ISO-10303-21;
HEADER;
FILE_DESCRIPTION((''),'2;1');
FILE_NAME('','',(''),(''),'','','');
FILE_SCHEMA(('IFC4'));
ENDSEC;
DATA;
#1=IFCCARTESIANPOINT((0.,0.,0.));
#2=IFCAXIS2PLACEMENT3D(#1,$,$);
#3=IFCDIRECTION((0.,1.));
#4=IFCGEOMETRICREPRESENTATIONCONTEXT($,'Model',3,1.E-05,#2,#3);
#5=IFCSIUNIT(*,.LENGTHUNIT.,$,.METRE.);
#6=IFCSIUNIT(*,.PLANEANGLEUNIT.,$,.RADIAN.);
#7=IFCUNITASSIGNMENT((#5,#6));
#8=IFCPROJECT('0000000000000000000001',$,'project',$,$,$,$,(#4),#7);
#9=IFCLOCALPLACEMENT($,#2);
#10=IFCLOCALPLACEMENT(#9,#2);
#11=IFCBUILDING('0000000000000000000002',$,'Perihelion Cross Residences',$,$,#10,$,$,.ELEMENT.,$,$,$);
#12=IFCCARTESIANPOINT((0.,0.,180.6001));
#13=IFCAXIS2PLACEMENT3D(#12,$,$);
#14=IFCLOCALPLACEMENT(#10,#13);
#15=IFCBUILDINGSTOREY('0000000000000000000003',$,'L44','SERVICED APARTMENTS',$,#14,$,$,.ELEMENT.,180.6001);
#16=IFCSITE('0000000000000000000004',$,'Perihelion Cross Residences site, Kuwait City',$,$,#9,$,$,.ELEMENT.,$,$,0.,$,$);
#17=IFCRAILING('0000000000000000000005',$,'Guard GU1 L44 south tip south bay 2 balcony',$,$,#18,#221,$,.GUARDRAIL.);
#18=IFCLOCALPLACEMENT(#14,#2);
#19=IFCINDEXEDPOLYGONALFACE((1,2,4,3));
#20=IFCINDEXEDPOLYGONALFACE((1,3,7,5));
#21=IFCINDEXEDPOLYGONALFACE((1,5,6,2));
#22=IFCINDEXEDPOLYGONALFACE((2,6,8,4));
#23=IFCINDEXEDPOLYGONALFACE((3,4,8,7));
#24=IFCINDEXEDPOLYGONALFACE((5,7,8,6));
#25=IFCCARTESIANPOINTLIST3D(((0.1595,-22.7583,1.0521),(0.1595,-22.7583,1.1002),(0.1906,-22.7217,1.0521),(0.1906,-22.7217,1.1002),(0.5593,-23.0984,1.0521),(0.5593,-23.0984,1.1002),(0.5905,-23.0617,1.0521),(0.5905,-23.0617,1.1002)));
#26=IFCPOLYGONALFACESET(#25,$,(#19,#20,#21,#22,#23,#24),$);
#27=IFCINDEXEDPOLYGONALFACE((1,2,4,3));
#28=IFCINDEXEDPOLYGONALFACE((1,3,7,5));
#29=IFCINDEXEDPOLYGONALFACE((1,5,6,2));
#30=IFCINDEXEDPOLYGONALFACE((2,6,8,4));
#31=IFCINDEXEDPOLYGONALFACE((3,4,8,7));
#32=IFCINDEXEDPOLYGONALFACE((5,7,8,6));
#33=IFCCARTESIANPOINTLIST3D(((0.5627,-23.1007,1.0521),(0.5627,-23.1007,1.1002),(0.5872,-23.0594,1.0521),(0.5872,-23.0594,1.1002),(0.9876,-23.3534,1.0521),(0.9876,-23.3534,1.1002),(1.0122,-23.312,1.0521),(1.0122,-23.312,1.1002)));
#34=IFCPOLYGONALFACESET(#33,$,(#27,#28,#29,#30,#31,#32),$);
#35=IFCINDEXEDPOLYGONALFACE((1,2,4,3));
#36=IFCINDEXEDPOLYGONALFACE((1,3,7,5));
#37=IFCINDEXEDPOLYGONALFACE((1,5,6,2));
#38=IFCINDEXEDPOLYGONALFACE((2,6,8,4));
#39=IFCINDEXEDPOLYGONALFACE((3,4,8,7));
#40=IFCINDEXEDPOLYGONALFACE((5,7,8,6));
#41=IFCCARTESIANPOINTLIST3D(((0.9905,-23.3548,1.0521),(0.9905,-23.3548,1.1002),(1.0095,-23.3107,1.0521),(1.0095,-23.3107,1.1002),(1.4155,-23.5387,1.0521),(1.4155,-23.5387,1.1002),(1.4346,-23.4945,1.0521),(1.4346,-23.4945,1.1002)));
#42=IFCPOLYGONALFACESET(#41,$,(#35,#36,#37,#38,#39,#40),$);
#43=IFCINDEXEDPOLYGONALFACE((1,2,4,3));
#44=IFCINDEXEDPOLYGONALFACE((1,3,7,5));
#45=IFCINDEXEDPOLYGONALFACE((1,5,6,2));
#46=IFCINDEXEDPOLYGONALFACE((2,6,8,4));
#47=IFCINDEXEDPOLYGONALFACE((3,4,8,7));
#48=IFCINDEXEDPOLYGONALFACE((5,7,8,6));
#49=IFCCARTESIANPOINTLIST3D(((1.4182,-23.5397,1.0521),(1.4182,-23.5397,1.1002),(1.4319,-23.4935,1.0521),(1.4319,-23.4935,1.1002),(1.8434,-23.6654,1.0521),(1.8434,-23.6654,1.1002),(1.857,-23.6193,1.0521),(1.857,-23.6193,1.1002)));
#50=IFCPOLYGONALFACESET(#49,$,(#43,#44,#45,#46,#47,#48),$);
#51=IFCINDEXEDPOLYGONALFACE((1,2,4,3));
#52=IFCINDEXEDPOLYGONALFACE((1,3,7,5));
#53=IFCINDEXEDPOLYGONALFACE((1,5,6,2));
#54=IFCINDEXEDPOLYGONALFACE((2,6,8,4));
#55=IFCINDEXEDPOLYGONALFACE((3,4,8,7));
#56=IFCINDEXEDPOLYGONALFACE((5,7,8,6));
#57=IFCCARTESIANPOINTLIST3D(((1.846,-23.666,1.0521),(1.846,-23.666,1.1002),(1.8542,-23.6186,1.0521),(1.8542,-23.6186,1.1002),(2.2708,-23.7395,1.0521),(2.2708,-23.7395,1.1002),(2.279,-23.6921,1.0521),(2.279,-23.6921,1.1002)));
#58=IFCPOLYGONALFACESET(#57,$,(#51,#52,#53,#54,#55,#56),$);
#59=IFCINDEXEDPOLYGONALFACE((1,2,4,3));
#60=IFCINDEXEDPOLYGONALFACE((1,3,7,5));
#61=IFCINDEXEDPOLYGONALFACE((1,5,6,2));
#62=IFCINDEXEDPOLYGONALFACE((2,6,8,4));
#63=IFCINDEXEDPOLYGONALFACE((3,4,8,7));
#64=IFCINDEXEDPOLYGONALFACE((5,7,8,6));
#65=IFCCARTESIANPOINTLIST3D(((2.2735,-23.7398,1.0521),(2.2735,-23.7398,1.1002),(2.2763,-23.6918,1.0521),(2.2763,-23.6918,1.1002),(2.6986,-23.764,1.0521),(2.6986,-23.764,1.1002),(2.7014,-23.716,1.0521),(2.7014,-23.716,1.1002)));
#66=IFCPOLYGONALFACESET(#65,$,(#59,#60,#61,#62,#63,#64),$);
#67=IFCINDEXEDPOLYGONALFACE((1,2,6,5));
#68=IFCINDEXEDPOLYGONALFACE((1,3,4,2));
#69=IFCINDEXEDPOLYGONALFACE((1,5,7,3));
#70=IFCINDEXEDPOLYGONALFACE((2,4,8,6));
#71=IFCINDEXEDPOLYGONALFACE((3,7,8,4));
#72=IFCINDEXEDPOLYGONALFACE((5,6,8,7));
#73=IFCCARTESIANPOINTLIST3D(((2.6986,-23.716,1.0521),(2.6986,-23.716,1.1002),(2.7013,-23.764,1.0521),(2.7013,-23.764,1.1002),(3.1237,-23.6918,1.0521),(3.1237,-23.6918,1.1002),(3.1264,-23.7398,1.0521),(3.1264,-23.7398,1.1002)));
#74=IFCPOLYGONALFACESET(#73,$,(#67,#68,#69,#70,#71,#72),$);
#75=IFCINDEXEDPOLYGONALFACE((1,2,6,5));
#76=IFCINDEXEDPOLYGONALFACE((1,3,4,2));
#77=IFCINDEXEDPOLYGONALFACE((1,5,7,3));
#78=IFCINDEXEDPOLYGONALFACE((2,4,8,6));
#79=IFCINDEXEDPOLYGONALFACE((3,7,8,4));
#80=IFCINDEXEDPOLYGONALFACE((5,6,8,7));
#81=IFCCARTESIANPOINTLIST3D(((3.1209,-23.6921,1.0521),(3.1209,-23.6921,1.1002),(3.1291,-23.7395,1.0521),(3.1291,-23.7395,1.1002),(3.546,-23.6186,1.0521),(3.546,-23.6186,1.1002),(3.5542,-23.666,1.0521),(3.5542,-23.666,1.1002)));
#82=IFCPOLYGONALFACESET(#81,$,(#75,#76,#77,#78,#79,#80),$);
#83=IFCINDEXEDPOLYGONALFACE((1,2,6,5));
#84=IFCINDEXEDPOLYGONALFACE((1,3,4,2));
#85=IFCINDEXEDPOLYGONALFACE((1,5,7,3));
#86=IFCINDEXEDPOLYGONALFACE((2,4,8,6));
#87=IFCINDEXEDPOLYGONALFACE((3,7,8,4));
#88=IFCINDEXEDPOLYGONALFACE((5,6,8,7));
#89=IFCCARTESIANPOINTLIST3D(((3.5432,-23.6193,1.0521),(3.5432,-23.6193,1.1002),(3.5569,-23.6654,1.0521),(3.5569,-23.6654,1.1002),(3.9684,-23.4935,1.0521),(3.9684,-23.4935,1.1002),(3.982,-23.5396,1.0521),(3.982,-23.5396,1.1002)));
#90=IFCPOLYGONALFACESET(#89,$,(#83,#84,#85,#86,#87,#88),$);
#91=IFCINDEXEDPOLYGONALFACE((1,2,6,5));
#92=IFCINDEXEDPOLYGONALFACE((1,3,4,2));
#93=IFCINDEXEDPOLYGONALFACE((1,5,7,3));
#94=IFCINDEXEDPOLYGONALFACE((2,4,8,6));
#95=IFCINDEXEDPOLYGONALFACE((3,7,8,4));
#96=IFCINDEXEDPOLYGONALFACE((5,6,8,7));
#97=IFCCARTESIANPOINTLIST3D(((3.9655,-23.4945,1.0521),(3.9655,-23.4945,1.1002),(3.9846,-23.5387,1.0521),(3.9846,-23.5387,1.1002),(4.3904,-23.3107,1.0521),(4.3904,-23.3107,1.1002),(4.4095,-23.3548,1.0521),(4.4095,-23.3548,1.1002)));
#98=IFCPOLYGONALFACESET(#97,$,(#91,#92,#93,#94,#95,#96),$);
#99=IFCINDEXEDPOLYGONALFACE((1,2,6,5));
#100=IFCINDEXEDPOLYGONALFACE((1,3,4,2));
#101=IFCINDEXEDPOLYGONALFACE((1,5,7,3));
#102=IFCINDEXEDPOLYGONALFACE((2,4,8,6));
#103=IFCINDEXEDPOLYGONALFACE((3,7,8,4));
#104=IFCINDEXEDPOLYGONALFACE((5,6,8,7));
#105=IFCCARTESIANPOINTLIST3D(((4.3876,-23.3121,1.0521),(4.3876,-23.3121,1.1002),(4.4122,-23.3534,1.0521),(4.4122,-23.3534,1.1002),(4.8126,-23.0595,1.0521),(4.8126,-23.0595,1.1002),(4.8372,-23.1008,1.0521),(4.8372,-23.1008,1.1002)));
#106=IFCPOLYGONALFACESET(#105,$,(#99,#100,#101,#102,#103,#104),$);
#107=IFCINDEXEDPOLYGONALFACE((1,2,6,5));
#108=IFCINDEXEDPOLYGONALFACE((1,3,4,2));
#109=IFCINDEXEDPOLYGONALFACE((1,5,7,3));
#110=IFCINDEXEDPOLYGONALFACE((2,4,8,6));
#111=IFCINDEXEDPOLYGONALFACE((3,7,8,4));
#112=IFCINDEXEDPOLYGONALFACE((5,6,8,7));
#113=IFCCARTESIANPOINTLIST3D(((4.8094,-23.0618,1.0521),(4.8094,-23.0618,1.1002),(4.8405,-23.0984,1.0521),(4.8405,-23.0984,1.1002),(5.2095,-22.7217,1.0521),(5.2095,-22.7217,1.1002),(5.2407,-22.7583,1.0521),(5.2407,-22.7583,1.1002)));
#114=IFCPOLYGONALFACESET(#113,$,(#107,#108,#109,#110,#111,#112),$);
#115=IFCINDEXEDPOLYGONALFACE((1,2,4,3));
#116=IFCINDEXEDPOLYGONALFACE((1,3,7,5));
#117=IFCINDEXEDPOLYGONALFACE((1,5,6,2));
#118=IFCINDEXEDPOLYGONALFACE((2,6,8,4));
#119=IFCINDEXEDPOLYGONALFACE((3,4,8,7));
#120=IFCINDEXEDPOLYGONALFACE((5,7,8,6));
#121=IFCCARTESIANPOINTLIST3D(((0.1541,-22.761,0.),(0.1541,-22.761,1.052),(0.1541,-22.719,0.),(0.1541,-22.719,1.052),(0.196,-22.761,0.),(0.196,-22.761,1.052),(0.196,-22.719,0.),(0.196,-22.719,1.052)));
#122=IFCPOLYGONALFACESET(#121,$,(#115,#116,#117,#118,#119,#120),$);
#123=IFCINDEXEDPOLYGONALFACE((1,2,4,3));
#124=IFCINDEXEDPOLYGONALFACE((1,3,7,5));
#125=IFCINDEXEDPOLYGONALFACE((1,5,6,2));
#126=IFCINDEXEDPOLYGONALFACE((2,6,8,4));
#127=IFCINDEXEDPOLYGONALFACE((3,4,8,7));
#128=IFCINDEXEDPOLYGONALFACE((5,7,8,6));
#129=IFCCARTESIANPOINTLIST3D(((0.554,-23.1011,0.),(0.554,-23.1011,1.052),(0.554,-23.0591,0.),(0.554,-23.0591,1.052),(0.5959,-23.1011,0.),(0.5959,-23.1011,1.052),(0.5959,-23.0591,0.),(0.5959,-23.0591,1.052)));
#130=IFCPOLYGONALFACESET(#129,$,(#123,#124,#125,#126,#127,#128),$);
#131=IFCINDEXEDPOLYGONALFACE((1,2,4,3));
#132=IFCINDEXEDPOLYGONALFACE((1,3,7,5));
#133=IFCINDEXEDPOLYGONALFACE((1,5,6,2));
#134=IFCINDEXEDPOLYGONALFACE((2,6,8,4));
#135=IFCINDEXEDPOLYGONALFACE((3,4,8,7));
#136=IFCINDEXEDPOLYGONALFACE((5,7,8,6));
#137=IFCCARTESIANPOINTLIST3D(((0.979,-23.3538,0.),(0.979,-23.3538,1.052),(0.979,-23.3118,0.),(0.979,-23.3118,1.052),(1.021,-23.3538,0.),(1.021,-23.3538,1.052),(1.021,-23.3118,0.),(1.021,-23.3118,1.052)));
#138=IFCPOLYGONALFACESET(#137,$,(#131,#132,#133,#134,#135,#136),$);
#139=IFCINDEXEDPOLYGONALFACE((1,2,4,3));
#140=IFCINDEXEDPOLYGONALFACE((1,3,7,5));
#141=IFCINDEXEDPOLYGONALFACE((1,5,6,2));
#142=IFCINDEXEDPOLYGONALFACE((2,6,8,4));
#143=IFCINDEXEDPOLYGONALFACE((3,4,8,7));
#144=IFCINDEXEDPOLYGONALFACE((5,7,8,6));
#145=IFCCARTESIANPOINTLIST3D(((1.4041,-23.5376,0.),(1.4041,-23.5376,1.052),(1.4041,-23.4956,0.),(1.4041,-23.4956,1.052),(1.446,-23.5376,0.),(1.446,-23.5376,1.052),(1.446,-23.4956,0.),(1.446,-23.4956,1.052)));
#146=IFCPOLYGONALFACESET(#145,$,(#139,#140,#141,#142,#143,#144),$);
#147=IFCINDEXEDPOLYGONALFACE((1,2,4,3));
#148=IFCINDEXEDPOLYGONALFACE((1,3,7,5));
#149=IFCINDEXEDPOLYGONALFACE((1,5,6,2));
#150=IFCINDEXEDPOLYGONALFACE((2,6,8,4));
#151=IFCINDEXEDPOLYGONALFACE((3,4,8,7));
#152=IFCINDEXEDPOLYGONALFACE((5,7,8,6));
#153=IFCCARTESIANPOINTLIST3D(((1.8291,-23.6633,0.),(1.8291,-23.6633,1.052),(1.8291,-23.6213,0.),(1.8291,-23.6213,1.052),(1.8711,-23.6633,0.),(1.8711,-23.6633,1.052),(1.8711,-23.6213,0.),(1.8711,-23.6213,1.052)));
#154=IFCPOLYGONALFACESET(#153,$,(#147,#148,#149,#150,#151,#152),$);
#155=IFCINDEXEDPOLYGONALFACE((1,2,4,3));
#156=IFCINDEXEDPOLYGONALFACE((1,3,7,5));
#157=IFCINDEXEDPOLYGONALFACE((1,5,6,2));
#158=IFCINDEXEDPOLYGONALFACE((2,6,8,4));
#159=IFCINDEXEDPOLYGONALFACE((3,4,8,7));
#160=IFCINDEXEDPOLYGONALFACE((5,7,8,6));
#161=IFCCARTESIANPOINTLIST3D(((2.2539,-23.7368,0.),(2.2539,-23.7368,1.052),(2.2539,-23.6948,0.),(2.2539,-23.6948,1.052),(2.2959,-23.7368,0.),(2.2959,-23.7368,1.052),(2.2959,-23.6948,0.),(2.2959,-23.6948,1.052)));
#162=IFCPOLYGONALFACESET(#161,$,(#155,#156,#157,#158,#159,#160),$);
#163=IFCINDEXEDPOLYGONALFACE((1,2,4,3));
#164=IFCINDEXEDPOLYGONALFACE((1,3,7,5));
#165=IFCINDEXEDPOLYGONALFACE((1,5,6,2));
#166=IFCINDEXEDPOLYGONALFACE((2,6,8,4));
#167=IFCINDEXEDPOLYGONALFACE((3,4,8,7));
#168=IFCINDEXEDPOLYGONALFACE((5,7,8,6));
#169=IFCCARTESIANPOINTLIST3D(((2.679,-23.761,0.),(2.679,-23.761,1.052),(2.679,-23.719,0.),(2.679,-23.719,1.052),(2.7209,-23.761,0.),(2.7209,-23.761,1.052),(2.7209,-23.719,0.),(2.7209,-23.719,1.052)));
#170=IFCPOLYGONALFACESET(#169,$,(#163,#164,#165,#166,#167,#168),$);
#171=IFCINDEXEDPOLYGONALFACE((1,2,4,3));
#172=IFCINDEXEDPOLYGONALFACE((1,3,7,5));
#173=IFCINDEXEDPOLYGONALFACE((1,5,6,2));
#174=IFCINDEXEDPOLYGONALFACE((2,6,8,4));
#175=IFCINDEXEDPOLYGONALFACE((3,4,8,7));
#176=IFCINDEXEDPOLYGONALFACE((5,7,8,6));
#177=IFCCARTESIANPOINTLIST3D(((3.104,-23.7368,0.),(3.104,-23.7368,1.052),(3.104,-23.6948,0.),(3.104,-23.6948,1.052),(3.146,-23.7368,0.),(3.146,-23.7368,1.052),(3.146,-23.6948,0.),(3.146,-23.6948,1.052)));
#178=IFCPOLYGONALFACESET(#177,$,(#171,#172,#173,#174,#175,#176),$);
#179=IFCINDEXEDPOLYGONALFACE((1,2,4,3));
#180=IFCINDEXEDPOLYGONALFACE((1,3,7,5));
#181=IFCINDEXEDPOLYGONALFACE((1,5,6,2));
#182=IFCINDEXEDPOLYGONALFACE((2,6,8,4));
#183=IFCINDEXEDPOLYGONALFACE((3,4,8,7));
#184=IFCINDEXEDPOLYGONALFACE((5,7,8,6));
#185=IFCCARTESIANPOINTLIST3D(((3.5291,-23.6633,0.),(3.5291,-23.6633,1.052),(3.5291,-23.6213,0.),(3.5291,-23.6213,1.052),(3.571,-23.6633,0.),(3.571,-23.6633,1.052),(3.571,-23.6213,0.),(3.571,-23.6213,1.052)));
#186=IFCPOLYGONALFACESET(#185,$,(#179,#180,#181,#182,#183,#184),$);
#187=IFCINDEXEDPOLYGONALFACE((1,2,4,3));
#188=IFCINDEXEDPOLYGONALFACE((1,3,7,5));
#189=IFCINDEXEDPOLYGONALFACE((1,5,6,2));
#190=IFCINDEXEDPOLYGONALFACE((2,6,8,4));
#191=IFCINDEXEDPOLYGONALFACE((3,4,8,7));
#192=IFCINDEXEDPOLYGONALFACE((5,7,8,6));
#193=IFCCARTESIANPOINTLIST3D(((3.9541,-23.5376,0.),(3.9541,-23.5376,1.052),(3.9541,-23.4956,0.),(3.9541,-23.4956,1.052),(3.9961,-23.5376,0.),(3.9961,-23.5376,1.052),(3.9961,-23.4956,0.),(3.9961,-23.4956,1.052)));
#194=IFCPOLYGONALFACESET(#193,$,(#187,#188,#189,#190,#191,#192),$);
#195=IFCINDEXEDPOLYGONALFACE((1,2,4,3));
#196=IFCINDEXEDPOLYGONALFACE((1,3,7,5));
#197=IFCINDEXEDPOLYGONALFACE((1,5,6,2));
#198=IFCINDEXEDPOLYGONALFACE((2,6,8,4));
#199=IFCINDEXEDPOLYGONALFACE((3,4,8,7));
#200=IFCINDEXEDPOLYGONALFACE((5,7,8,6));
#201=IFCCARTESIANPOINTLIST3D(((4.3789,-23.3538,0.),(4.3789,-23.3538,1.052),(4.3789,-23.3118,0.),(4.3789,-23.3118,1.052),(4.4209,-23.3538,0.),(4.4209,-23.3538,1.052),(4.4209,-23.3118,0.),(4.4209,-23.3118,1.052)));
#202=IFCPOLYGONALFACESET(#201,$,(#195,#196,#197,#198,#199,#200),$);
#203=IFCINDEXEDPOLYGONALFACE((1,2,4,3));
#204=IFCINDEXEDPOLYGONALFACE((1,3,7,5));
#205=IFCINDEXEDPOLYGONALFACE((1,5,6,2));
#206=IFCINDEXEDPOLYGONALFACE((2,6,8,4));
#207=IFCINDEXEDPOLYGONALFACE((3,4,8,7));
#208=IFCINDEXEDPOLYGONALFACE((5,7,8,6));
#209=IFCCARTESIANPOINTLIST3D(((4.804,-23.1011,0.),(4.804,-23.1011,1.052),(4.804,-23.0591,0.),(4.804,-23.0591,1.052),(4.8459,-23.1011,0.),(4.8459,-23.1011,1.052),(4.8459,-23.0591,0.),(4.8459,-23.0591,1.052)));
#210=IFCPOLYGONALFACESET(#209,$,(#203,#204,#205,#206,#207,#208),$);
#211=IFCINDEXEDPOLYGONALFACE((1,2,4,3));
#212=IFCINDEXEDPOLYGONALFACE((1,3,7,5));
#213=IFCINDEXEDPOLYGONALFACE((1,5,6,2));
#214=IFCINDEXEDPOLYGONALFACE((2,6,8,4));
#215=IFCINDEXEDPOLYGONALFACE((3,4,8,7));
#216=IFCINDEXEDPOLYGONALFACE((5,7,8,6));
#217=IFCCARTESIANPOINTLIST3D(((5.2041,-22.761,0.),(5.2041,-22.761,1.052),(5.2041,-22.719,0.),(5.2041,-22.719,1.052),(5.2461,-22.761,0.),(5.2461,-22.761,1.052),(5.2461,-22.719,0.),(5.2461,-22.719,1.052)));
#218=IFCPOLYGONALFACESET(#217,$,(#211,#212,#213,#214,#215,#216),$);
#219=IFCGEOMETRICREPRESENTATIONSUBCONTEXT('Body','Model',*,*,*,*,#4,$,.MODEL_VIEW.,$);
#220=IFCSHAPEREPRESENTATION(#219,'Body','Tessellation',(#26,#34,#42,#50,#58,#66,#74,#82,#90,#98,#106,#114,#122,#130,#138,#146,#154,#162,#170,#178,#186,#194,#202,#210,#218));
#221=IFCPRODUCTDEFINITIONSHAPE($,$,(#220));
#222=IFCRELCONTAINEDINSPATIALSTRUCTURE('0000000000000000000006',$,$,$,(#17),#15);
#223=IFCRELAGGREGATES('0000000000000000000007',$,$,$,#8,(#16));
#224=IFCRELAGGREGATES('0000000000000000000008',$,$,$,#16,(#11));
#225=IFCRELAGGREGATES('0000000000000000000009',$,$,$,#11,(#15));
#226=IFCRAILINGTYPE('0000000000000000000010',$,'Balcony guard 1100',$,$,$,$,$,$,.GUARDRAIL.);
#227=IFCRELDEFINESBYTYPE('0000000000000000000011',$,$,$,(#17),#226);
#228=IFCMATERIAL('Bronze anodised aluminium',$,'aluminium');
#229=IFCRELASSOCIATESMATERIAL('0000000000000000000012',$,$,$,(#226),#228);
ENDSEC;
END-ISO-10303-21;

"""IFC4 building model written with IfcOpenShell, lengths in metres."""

from ifc_helpers import new_model, si_unit, direction, frame, origin, origin_2d, place, context, subcontext, project, spatial, rectangle, extrude, material, type_object, element, save


model = new_model("IFC4")

# Units and contexts
model_context = context("Model", 3, precision=1e-05, world=origin(), true_north=direction((0.0, 1.0)))
body_context = subcontext(model_context, "Body", "Model", "MODEL_VIEW")
ifc_project = project(units=[si_unit("LENGTHUNIT", "METRE"), si_unit("PLANEANGLEUNIT", "RADIAN")], contexts=[model_context])

# Site, building, storey
site_placement = place(None, origin())
site = spatial("IfcSite", under=ifc_project, at=site_placement, Name="Perihelion Cross Residences site, Kuwait City", CompositionType="ELEMENT", RefElevation=0.0)
building_placement = place(site_placement, origin())
building = spatial("IfcBuilding", under=site, at=building_placement, Name="Perihelion Cross Residences", CompositionType="ELEMENT")
storey_placement = place(building_placement, frame((0.0, 0.0, 180.6001)))
storey = spatial("IfcBuildingStorey", under=building, at=storey_placement, Name="L44", Description="SERVICED APARTMENTS", CompositionType="ELEMENT", Elevation=180.6001)

# Railing
ifc_material_1 = material(Name="Bronze anodised aluminium", Category="aluminium")
railing_type = type_object("IfcRailingType", Name="Balcony guard 1100", PredefinedType="GUARDRAIL", material=ifc_material_1)
railing_placement = place(storey_placement, frame((0.175, -22.74, 0.0)))
element("IfcRailing", 1, at=railing_placement, inside=storey, type_object=railing_type, Name="Guard GU1 L44 south tip south bay 2 balcony", PredefinedType="GUARDRAIL", context=body_context, shape_type="SweptSolid", body=[
    extrude(rectangle(XDim=0.0481, YDim=0.0481, at=origin_2d()), frame((0.0, 0.0, 1.0762), z_axis=(0.761779, -0.647837, 0.0), x_axis=(0.647837, 0.761779, 0.0)), (0.0, 0.0, 1.0), 0.5249),
    extrude(rectangle(XDim=0.0481, YDim=0.0481, at=origin_2d()), frame((0.3999, -0.3401, 1.0762), z_axis=(0.859577, -0.511006, 0.0), x_axis=(0.511006, 0.859577, 0.0)), (0.0, 0.0, 1.0), 0.4944),
    extrude(rectangle(XDim=0.0481, YDim=0.0481, at=origin_2d()), frame((0.825, -0.5928, 1.0762), z_axis=(0.917831, -0.396971, 0.0), x_axis=(0.396971, 0.917831, 0.0)), (0.0, 0.0, 1.0), 0.4631),
    extrude(rectangle(XDim=0.0481, YDim=0.0481, at=origin_2d()), frame((1.25, -0.7766, 1.0762), z_axis=(0.958926, -0.283657, 0.0), x_axis=(0.283657, 0.958926, 0.0)), (0.0, 0.0, 1.0), 0.4434),
    extrude(rectangle(XDim=0.0481, YDim=0.0481, at=origin_2d()), frame((1.675, -0.9023, 1.0762), z_axis=(0.985365, -0.170457, 0.0), x_axis=(0.170457, 0.985365, 0.0)), (0.0, 0.0, 1.0), 0.4312),
    extrude(rectangle(XDim=0.0481, YDim=0.0481, at=origin_2d()), frame((2.0999, -0.9758, 1.0762), z_axis=(0.998387, -0.056772, 0.0), x_axis=(0.056772, 0.998387, 0.0)), (0.0, 0.0, 1.0), 0.4258),
    extrude(rectangle(XDim=0.0481, YDim=0.0481, at=origin_2d()), frame((2.5249, -1.0, 1.0762), z_axis=(0.998387, 0.056772, 0.0), x_axis=(-0.056772, 0.998387, 0.0)), (0.0, 0.0, 1.0), 0.4258),
    extrude(rectangle(XDim=0.0481, YDim=0.0481, at=origin_2d()), frame((2.95, -0.9758, 1.0762), z_axis=(0.985382, 0.170362, 0.0), x_axis=(-0.170362, 0.985382, 0.0)), (0.0, 0.0, 1.0), 0.4314),
    extrude(rectangle(XDim=0.0481, YDim=0.0481, at=origin_2d()), frame((3.375, -0.9023, 1.0762), z_axis=(0.958926, 0.283657, 0.0), x_axis=(-0.283657, 0.958926, 0.0)), (0.0, 0.0, 1.0), 0.4434),
    extrude(rectangle(XDim=0.0481, YDim=0.0481, at=origin_2d()), frame((3.8, -0.7766, 1.0762), z_axis=(0.917748, 0.397163, 0.0), x_axis=(-0.397163, 0.917748, 0.0)), (0.0, 0.0, 1.0), 0.4629),
    extrude(rectangle(XDim=0.0481, YDim=0.0481, at=origin_2d()), frame((4.2249, -0.5928, 1.0762), z_axis=(0.859577, 0.511006, 0.0), x_axis=(-0.511006, 0.859577, 0.0)), (0.0, 0.0, 1.0), 0.4944),
    extrude(rectangle(XDim=0.0481, YDim=0.0481, at=origin_2d()), frame((4.6499, -0.3401, 1.0762), z_axis=(0.761974, 0.647608, 0.0), x_axis=(-0.647608, 0.761974, 0.0)), (0.0, 0.0, 1.0), 0.5251),
    extrude(rectangle(XDim=0.042, YDim=0.042, at=origin_2d()), origin(), (0.0, 0.0, 1.0), 1.052),
    extrude(rectangle(XDim=0.042, YDim=0.042, at=origin_2d()), frame((0.3999, -0.3401, 0.0)), (0.0, 0.0, 1.0), 1.052),
    extrude(rectangle(XDim=0.042, YDim=0.042, at=origin_2d()), frame((0.825, -0.5928, 0.0)), (0.0, 0.0, 1.0), 1.052),
    extrude(rectangle(XDim=0.042, YDim=0.042, at=origin_2d()), frame((1.25, -0.7766, 0.0)), (0.0, 0.0, 1.0), 1.052),
    extrude(rectangle(XDim=0.042, YDim=0.042, at=origin_2d()), frame((1.675, -0.9023, 0.0)), (0.0, 0.0, 1.0), 1.052),
    extrude(rectangle(XDim=0.042, YDim=0.042, at=origin_2d()), frame((2.0999, -0.9758, 0.0)), (0.0, 0.0, 1.0), 1.052),
    extrude(rectangle(XDim=0.042, YDim=0.042, at=origin_2d()), frame((2.5249, -1.0, 0.0)), (0.0, 0.0, 1.0), 1.052),
    extrude(rectangle(XDim=0.042, YDim=0.042, at=origin_2d()), frame((2.95, -0.9758, 0.0)), (0.0, 0.0, 1.0), 1.052),
    extrude(rectangle(XDim=0.042, YDim=0.042, at=origin_2d()), frame((3.375, -0.9023, 0.0)), (0.0, 0.0, 1.0), 1.052),
    extrude(rectangle(XDim=0.042, YDim=0.042, at=origin_2d()), frame((3.8, -0.7766, 0.0)), (0.0, 0.0, 1.0), 1.052),
    extrude(rectangle(XDim=0.042, YDim=0.042, at=origin_2d()), frame((4.2249, -0.5928, 0.0)), (0.0, 0.0, 1.0), 1.052),
    extrude(rectangle(XDim=0.042, YDim=0.042, at=origin_2d()), frame((4.6499, -0.3401, 0.0)), (0.0, 0.0, 1.0), 1.052),
    extrude(rectangle(XDim=0.042, YDim=0.042, at=origin_2d()), frame((5.05, 0.0, 0.0)), (0.0, 0.0, 1.0), 1.052),
])

save(model, "model.ifc")
